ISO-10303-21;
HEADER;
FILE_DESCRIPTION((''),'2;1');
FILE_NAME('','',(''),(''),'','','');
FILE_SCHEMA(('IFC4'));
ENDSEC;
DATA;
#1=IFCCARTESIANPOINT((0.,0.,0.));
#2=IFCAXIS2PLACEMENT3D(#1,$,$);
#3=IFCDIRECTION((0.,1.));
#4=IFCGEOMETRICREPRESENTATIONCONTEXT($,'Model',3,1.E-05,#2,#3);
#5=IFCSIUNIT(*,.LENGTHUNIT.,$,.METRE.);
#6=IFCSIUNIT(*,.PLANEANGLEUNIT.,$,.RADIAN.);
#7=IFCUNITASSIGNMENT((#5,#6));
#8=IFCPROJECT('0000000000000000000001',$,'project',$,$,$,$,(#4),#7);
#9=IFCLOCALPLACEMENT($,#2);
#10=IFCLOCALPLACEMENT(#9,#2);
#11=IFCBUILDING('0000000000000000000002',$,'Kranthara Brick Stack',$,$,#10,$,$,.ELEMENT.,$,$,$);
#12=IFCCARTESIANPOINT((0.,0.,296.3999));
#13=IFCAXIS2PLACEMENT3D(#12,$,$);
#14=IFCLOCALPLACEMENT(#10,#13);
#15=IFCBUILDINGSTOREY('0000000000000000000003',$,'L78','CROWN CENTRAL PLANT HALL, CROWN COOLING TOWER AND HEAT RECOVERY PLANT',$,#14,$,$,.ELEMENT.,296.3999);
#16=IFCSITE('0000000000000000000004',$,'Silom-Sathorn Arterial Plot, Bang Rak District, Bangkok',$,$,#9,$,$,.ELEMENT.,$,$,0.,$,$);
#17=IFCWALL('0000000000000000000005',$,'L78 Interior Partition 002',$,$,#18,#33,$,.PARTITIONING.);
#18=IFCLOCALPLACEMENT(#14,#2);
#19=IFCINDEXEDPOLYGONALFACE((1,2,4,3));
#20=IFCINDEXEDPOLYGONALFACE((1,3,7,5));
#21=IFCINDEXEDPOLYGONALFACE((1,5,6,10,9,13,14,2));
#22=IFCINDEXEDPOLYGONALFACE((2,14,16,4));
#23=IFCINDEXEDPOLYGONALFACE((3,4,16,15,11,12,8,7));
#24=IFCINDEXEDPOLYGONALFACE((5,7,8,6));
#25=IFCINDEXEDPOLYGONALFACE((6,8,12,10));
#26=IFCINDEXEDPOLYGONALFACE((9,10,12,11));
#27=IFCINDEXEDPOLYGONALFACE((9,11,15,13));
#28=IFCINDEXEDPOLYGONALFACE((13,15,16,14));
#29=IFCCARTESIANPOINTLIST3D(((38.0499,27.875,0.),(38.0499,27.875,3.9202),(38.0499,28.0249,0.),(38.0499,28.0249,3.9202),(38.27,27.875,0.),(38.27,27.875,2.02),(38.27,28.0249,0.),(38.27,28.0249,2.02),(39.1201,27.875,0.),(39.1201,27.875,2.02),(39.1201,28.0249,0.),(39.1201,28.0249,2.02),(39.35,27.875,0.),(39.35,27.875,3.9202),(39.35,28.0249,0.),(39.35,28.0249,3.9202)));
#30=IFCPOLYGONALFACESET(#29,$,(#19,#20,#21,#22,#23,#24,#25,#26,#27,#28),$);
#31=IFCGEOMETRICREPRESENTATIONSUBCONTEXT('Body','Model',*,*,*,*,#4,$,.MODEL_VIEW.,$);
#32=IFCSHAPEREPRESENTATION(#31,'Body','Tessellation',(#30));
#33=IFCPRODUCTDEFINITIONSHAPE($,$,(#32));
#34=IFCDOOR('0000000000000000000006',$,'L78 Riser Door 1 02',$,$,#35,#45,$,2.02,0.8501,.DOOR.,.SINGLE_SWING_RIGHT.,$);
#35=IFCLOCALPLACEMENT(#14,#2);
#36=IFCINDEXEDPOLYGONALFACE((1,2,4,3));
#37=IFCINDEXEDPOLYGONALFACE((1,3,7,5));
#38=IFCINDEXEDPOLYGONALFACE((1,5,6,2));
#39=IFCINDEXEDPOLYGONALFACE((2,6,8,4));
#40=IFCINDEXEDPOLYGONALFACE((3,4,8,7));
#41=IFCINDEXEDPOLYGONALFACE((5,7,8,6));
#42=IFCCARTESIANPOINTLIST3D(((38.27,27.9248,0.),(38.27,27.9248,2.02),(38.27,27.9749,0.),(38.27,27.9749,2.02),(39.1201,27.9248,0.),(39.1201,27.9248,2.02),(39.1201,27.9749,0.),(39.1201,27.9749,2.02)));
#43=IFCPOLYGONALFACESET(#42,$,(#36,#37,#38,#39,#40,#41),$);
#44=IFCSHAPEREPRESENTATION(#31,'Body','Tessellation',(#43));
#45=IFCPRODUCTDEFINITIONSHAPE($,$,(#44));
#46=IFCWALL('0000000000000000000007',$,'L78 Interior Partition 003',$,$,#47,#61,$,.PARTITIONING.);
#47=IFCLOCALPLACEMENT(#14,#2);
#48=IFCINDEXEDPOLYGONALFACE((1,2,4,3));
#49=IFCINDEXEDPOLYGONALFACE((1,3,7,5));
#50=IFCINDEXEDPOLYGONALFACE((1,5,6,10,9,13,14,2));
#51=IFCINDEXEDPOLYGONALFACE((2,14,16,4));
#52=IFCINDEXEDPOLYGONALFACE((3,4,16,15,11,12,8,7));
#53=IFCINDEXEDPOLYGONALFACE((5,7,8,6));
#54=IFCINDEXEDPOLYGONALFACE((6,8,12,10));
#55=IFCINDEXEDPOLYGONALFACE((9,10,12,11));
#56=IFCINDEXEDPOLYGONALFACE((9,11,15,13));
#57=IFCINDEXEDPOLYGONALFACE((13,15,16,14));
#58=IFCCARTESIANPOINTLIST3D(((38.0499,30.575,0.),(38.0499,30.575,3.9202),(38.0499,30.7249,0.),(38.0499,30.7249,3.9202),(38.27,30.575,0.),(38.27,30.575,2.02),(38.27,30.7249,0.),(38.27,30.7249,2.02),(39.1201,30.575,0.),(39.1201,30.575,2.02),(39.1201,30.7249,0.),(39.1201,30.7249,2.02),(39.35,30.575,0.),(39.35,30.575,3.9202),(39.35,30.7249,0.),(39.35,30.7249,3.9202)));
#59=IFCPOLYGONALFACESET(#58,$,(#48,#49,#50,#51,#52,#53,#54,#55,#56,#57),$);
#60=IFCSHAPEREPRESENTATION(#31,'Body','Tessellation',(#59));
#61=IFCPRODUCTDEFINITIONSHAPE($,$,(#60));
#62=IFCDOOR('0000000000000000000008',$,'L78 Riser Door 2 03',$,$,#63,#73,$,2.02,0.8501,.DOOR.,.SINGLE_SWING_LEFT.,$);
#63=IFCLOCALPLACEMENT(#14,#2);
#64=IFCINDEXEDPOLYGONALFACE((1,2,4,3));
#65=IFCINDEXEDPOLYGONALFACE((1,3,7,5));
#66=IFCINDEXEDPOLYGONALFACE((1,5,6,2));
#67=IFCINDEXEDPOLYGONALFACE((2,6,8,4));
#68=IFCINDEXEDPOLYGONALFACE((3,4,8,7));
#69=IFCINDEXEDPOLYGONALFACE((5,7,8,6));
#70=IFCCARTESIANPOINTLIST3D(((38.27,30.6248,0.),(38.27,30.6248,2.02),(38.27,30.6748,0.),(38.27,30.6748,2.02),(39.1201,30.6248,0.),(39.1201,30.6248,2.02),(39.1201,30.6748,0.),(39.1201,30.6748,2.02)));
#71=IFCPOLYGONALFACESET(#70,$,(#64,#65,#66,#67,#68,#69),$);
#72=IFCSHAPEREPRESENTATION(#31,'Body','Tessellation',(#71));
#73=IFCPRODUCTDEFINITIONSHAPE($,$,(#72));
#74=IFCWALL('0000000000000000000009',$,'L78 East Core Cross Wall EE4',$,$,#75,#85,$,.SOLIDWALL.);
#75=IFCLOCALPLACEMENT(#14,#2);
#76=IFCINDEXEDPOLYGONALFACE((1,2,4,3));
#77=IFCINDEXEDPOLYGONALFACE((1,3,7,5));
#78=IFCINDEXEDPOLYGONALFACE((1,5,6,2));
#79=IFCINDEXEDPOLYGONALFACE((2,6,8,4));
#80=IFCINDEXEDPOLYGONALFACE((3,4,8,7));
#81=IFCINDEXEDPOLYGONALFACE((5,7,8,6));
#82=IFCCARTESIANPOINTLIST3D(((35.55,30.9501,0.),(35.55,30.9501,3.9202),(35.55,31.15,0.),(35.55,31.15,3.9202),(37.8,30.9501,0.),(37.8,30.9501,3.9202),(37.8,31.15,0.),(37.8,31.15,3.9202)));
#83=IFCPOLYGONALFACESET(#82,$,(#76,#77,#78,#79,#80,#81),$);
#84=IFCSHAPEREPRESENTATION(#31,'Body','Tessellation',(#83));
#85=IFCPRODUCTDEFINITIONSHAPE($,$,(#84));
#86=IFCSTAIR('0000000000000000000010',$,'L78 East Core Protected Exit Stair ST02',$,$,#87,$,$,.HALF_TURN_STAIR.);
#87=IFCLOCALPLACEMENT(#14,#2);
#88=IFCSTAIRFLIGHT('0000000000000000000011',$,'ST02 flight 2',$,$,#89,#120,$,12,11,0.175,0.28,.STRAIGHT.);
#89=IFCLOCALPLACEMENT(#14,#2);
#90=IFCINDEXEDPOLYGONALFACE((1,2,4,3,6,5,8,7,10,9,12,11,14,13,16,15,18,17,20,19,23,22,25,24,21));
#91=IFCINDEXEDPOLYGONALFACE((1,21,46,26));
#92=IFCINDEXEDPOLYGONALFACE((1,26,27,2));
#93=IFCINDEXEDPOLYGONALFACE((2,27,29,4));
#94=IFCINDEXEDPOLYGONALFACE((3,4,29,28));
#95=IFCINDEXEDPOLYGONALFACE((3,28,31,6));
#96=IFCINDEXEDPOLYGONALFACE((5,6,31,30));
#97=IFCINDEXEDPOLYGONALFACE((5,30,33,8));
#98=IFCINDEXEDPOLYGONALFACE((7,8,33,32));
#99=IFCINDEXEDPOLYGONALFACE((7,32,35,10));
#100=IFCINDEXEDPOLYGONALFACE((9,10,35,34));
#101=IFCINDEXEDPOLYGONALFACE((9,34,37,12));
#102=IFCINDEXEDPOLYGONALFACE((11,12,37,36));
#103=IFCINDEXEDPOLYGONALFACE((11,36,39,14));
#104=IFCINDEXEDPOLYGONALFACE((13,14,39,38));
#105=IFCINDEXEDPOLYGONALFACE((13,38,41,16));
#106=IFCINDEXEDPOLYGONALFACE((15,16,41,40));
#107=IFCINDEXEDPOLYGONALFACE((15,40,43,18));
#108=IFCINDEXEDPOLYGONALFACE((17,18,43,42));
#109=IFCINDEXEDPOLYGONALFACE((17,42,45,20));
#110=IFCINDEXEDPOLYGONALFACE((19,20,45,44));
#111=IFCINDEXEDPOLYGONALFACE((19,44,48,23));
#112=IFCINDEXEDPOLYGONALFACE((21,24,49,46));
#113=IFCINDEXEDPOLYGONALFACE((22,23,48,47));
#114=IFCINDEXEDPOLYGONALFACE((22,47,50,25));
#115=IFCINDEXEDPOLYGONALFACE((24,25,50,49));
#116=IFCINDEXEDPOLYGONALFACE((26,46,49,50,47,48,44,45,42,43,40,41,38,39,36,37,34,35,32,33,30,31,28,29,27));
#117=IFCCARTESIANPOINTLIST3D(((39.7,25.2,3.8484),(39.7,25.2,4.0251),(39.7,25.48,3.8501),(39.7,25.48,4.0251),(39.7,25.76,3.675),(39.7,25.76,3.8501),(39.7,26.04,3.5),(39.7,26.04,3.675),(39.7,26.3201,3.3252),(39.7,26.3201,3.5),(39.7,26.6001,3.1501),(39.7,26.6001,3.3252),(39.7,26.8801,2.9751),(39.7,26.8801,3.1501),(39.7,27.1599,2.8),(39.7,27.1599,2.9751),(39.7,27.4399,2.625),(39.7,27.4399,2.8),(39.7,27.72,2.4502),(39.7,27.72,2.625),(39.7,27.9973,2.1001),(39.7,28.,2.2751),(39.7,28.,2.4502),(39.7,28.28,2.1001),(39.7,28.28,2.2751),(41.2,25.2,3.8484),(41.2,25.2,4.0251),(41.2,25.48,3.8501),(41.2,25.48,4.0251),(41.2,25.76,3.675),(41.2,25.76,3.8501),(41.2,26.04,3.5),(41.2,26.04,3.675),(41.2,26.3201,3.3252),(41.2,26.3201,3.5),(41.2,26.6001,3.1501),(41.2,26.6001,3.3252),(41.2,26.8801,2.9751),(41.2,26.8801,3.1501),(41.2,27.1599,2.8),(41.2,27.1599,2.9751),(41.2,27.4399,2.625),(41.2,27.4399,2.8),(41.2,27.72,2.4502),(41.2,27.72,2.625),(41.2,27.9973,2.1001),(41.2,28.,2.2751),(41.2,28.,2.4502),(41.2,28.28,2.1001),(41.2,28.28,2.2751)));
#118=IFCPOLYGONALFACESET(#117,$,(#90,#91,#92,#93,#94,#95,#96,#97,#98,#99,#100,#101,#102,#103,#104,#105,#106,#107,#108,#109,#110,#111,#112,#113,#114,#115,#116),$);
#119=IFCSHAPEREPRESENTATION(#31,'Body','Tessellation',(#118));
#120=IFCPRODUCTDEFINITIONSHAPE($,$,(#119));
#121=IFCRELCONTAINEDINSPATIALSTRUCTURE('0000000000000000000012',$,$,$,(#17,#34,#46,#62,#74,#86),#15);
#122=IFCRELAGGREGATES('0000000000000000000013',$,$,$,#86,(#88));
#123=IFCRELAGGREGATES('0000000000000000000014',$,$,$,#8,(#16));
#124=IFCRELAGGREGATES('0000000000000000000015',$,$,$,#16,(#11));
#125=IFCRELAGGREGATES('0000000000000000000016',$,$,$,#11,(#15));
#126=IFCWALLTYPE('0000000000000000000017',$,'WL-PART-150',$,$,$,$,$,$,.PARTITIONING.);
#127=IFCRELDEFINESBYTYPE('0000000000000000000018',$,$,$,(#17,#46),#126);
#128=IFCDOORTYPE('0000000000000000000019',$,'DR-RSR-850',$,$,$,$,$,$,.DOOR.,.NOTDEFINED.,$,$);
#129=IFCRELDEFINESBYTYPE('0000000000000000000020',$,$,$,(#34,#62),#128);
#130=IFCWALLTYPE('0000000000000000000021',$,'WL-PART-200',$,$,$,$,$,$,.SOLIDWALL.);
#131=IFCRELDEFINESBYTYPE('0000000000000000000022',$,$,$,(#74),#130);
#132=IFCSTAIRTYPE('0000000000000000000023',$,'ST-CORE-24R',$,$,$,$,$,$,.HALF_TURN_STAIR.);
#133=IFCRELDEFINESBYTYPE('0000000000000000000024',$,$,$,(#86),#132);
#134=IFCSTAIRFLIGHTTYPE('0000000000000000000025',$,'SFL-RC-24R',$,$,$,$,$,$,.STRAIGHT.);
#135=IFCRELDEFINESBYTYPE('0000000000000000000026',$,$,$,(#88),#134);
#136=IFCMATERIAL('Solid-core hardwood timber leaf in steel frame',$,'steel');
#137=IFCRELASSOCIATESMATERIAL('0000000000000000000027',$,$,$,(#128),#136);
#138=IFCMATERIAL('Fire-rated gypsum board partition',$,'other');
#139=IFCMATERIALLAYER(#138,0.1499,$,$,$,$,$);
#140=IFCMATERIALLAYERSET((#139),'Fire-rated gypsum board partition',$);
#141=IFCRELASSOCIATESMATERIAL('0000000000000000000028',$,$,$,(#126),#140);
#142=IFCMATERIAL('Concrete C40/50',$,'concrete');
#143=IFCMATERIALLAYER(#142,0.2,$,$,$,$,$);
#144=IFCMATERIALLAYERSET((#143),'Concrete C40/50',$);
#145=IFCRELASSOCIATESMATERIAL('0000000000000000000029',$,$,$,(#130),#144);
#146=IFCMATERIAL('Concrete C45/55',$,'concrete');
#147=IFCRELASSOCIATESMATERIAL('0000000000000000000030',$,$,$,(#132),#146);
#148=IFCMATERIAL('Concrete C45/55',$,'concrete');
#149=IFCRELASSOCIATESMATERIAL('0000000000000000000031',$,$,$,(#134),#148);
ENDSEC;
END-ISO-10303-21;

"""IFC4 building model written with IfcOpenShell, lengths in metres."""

from ifc_helpers import new_model, si_unit, direction, frame, frame_2d, origin, place, context, subcontext, project, spatial, polyline, rectangle, outline, extrude, material, layer, layer_set, type_object, element, fill, aggregate, save


model = new_model("IFC4")

# Units and contexts
model_context = context("Model", 3, precision=1e-05, world=origin(), true_north=direction((0.0, 1.0)))
body_context = subcontext(model_context, "Body", "Model", "MODEL_VIEW")
ifc_project = project(units=[si_unit("LENGTHUNIT", "METRE"), si_unit("PLANEANGLEUNIT", "RADIAN")], contexts=[model_context])

# Site, building, storey
site_placement = place(None, origin())
site = spatial("IfcSite", under=ifc_project, at=site_placement, Name="Silom-Sathorn Arterial Plot, Bang Rak District, Bangkok", CompositionType="ELEMENT", RefElevation=0.0)
building_placement = place(site_placement, origin())
building = spatial("IfcBuilding", under=site, at=building_placement, Name="Kranthara Brick Stack", CompositionType="ELEMENT")
storey_placement = place(building_placement, frame((0.0, 0.0, 296.3999)))
storey = spatial("IfcBuildingStorey", under=building, at=storey_placement, Name="L78", Description="CROWN CENTRAL PLANT HALL, CROWN COOLING TOWER AND HEAT RECOVERY PLANT", CompositionType="ELEMENT", Elevation=296.3999)

# Shared definitions
ifc_material_1 = material(Name="Solid-core hardwood timber leaf in steel frame", Category="steel")
door_type_1 = type_object("IfcDoorType", Name="DR-RSR-850", OperationType="NOTDEFINED", PredefinedType="DOOR", material=ifc_material_1)

# Walls, openings, doors
ifc_material_2 = material(Name="Fire-rated gypsum board partition", Category="other")
ifc_layer_1 = layer(ifc_material_2, 0.1499)
ifc_layer_set_1 = layer_set([ifc_layer_1], Name="Fire-rated gypsum board partition")
wall_type_1 = type_object("IfcWallType", Name="WL-PART-150", PredefinedType="PARTITIONING", material=ifc_layer_set_1)
wall_1_placement = place(storey_placement, frame((38.05, 27.95, 0.0), z_axis=(0.0, 0.0, 1.0), x_axis=(1.0, 0.0, 0.0)))
wall_1 = element("IfcWall", 1, at=wall_1_placement, inside=storey, type_object=wall_type_1, Name="L78 Interior Partition 002", PredefinedType="PARTITIONING", context=body_context, shape_type="SweptSolid", body=[
    extrude(rectangle(XDim=1.3, YDim=0.1499, at=frame_2d((0.6499, 0.0))), origin(), (0.0, 0.0, 1.0), 3.9202),
])
opening_1_placement = place(wall_1_placement, frame((0.22, 0.0, 0.0)))
opening_1 = element("IfcOpeningElement", 2, at=opening_1_placement, cuts=wall_1, PredefinedType="OPENING", context=body_context, shape_type="SweptSolid", body=[
    extrude(rectangle(XDim=0.8501, YDim=2.02, at=frame_2d((0.425, 1.01))), frame((0.0, 0.085, 0.0), z_axis=(0.0, -1.0, 0.0), x_axis=(1.0, 0.0, 0.0)), (0.0, 0.0, 1.0), 0.1699),
])
door_1_placement = place(opening_1_placement, origin())
door_1 = element("IfcDoor", 3, at=door_1_placement, inside=storey, type_object=door_type_1, Name="L78 Riser Door 1 02", OperationType="SINGLE_SWING_RIGHT", OverallHeight=2.02, OverallWidth=0.8501, PredefinedType="DOOR", context=body_context, shape_type="SweptSolid", body=[
    extrude(rectangle(XDim=0.8501, YDim=2.02, at=frame_2d((0.425, 1.01))), frame((0.0, 0.0249, 0.0), z_axis=(0.0, -1.0, 0.0), x_axis=(1.0, 0.0, 0.0)), (0.0, 0.0, 1.0), 0.05),
])
fill(opening_1, door_1)
wall_2_placement = place(storey_placement, frame((38.05, 30.6499, 0.0), z_axis=(0.0, 0.0, 1.0), x_axis=(1.0, 0.0, 0.0)))
wall_2 = element("IfcWall", 4, at=wall_2_placement, inside=storey, type_object=wall_type_1, Name="L78 Interior Partition 003", PredefinedType="PARTITIONING", context=body_context, shape_type="SweptSolid", body=[
    extrude(rectangle(XDim=1.3, YDim=0.1499, at=frame_2d((0.6499, 0.0))), origin(), (0.0, 0.0, 1.0), 3.9202),
])
opening_2_placement = place(wall_2_placement, frame((0.22, 0.0, 0.0)))
opening_2 = element("IfcOpeningElement", 5, at=opening_2_placement, cuts=wall_2, PredefinedType="OPENING", context=body_context, shape_type="SweptSolid", body=[
    extrude(rectangle(XDim=0.8501, YDim=2.02, at=frame_2d((0.425, 1.01))), frame((0.0, 0.085, 0.0), z_axis=(0.0, -1.0, 0.0), x_axis=(1.0, 0.0, 0.0)), (0.0, 0.0, 1.0), 0.1699),
])
door_2_placement = place(opening_2_placement, origin())
door_2 = element("IfcDoor", 6, at=door_2_placement, inside=storey, type_object=door_type_1, Name="L78 Riser Door 2 03", OperationType="SINGLE_SWING_LEFT", OverallHeight=2.02, OverallWidth=0.8501, PredefinedType="DOOR", context=body_context, shape_type="SweptSolid", body=[
    extrude(rectangle(XDim=0.8501, YDim=2.02, at=frame_2d((0.425, 1.01))), frame((0.0, 0.0249, 0.0), z_axis=(0.0, -1.0, 0.0), x_axis=(1.0, 0.0, 0.0)), (0.0, 0.0, 1.0), 0.05),
])
fill(opening_2, door_2)

# Wall
ifc_material_3 = material(Name="Concrete C40/50", Category="concrete")
ifc_layer_2 = layer(ifc_material_3, 0.2)
ifc_layer_set_2 = layer_set([ifc_layer_2], Name="Concrete C40/50")
wall_type_2 = type_object("IfcWallType", Name="WL-PART-200", PredefinedType="SOLIDWALL", material=ifc_layer_set_2)
wall_3_placement = place(storey_placement, frame((35.55, 31.05, 0.0), z_axis=(0.0, 0.0, 1.0), x_axis=(1.0, 0.0, 0.0)))
element("IfcWall", 7, at=wall_3_placement, inside=storey, type_object=wall_type_2, Name="L78 East Core Cross Wall EE4", PredefinedType="SOLIDWALL", context=body_context, shape_type="SweptSolid", body=[
    extrude(rectangle(XDim=2.25, YDim=0.2, at=frame_2d((1.125, 0.0))), origin(), (0.0, 0.0, 1.0), 3.9202),
])

# Stair, stair flight
ifc_material_4 = material(Name="Concrete C45/55", Category="concrete")
stair_type = type_object("IfcStairType", Name="ST-CORE-24R", PredefinedType="HALF_TURN_STAIR", material=ifc_material_4)
stair_placement = place(storey_placement, origin())
stair = element("IfcStair", 8, at=stair_placement, inside=storey, type_object=stair_type, Name="L78 East Core Protected Exit Stair ST02", PredefinedType="HALF_TURN_STAIR")
ifc_material_5 = material(Name="Concrete C45/55", Category="concrete")
stair_flight_type = type_object("IfcStairFlightType", Name="SFL-RC-24R", PredefinedType="STRAIGHT", material=ifc_material_5)
stair_flight_placement = place(storey_placement, frame((40.45, 28.28, 2.1001), z_axis=(0.0, 0.0, 1.0), x_axis=(0.0, -1.0, 0.0)))
stair_flight = element("IfcStairFlight", 9, at=stair_flight_placement, type_object=stair_flight_type, Name="ST02 flight 2", NumberOfRisers=12, NumberOfTreads=11, PredefinedType="STRAIGHT", RiserHeight=0.175, TreadLength=0.28, context=body_context, shape_type="SweptSolid", body=[
    extrude(outline(polyline([(0.0, 0.0), (0.0, 0.175), (0.28, 0.175), (0.28, 0.3501), (0.5601, 0.3501), (0.5601, 0.5249), (0.8401, 0.5249), (0.8401, 0.7), (1.1201, 0.7), (1.1201, 0.875), (1.3999, 0.875), (1.3999, 1.05), (1.6799, 1.05), (1.6799, 1.2251), (1.96, 1.2251), (1.96, 1.3999), (2.24, 1.3999), (2.24, 1.575), (2.52, 1.575), (2.52, 1.75), (2.8, 1.75), (2.8, 1.925), (3.0801, 1.925), (3.0801, 2.1001), (3.0801, 1.7483), (0.2827, 0.0), (0.0, 0.0)])), frame((0.0, 0.75, 0.0), z_axis=(0.0, -1.0, 0.0), x_axis=(1.0, 0.0, 0.0)), (0.0, 0.0, 1.0), 1.5),
])
aggregate(stair, [stair_flight])

save(model, "model.ifc")
